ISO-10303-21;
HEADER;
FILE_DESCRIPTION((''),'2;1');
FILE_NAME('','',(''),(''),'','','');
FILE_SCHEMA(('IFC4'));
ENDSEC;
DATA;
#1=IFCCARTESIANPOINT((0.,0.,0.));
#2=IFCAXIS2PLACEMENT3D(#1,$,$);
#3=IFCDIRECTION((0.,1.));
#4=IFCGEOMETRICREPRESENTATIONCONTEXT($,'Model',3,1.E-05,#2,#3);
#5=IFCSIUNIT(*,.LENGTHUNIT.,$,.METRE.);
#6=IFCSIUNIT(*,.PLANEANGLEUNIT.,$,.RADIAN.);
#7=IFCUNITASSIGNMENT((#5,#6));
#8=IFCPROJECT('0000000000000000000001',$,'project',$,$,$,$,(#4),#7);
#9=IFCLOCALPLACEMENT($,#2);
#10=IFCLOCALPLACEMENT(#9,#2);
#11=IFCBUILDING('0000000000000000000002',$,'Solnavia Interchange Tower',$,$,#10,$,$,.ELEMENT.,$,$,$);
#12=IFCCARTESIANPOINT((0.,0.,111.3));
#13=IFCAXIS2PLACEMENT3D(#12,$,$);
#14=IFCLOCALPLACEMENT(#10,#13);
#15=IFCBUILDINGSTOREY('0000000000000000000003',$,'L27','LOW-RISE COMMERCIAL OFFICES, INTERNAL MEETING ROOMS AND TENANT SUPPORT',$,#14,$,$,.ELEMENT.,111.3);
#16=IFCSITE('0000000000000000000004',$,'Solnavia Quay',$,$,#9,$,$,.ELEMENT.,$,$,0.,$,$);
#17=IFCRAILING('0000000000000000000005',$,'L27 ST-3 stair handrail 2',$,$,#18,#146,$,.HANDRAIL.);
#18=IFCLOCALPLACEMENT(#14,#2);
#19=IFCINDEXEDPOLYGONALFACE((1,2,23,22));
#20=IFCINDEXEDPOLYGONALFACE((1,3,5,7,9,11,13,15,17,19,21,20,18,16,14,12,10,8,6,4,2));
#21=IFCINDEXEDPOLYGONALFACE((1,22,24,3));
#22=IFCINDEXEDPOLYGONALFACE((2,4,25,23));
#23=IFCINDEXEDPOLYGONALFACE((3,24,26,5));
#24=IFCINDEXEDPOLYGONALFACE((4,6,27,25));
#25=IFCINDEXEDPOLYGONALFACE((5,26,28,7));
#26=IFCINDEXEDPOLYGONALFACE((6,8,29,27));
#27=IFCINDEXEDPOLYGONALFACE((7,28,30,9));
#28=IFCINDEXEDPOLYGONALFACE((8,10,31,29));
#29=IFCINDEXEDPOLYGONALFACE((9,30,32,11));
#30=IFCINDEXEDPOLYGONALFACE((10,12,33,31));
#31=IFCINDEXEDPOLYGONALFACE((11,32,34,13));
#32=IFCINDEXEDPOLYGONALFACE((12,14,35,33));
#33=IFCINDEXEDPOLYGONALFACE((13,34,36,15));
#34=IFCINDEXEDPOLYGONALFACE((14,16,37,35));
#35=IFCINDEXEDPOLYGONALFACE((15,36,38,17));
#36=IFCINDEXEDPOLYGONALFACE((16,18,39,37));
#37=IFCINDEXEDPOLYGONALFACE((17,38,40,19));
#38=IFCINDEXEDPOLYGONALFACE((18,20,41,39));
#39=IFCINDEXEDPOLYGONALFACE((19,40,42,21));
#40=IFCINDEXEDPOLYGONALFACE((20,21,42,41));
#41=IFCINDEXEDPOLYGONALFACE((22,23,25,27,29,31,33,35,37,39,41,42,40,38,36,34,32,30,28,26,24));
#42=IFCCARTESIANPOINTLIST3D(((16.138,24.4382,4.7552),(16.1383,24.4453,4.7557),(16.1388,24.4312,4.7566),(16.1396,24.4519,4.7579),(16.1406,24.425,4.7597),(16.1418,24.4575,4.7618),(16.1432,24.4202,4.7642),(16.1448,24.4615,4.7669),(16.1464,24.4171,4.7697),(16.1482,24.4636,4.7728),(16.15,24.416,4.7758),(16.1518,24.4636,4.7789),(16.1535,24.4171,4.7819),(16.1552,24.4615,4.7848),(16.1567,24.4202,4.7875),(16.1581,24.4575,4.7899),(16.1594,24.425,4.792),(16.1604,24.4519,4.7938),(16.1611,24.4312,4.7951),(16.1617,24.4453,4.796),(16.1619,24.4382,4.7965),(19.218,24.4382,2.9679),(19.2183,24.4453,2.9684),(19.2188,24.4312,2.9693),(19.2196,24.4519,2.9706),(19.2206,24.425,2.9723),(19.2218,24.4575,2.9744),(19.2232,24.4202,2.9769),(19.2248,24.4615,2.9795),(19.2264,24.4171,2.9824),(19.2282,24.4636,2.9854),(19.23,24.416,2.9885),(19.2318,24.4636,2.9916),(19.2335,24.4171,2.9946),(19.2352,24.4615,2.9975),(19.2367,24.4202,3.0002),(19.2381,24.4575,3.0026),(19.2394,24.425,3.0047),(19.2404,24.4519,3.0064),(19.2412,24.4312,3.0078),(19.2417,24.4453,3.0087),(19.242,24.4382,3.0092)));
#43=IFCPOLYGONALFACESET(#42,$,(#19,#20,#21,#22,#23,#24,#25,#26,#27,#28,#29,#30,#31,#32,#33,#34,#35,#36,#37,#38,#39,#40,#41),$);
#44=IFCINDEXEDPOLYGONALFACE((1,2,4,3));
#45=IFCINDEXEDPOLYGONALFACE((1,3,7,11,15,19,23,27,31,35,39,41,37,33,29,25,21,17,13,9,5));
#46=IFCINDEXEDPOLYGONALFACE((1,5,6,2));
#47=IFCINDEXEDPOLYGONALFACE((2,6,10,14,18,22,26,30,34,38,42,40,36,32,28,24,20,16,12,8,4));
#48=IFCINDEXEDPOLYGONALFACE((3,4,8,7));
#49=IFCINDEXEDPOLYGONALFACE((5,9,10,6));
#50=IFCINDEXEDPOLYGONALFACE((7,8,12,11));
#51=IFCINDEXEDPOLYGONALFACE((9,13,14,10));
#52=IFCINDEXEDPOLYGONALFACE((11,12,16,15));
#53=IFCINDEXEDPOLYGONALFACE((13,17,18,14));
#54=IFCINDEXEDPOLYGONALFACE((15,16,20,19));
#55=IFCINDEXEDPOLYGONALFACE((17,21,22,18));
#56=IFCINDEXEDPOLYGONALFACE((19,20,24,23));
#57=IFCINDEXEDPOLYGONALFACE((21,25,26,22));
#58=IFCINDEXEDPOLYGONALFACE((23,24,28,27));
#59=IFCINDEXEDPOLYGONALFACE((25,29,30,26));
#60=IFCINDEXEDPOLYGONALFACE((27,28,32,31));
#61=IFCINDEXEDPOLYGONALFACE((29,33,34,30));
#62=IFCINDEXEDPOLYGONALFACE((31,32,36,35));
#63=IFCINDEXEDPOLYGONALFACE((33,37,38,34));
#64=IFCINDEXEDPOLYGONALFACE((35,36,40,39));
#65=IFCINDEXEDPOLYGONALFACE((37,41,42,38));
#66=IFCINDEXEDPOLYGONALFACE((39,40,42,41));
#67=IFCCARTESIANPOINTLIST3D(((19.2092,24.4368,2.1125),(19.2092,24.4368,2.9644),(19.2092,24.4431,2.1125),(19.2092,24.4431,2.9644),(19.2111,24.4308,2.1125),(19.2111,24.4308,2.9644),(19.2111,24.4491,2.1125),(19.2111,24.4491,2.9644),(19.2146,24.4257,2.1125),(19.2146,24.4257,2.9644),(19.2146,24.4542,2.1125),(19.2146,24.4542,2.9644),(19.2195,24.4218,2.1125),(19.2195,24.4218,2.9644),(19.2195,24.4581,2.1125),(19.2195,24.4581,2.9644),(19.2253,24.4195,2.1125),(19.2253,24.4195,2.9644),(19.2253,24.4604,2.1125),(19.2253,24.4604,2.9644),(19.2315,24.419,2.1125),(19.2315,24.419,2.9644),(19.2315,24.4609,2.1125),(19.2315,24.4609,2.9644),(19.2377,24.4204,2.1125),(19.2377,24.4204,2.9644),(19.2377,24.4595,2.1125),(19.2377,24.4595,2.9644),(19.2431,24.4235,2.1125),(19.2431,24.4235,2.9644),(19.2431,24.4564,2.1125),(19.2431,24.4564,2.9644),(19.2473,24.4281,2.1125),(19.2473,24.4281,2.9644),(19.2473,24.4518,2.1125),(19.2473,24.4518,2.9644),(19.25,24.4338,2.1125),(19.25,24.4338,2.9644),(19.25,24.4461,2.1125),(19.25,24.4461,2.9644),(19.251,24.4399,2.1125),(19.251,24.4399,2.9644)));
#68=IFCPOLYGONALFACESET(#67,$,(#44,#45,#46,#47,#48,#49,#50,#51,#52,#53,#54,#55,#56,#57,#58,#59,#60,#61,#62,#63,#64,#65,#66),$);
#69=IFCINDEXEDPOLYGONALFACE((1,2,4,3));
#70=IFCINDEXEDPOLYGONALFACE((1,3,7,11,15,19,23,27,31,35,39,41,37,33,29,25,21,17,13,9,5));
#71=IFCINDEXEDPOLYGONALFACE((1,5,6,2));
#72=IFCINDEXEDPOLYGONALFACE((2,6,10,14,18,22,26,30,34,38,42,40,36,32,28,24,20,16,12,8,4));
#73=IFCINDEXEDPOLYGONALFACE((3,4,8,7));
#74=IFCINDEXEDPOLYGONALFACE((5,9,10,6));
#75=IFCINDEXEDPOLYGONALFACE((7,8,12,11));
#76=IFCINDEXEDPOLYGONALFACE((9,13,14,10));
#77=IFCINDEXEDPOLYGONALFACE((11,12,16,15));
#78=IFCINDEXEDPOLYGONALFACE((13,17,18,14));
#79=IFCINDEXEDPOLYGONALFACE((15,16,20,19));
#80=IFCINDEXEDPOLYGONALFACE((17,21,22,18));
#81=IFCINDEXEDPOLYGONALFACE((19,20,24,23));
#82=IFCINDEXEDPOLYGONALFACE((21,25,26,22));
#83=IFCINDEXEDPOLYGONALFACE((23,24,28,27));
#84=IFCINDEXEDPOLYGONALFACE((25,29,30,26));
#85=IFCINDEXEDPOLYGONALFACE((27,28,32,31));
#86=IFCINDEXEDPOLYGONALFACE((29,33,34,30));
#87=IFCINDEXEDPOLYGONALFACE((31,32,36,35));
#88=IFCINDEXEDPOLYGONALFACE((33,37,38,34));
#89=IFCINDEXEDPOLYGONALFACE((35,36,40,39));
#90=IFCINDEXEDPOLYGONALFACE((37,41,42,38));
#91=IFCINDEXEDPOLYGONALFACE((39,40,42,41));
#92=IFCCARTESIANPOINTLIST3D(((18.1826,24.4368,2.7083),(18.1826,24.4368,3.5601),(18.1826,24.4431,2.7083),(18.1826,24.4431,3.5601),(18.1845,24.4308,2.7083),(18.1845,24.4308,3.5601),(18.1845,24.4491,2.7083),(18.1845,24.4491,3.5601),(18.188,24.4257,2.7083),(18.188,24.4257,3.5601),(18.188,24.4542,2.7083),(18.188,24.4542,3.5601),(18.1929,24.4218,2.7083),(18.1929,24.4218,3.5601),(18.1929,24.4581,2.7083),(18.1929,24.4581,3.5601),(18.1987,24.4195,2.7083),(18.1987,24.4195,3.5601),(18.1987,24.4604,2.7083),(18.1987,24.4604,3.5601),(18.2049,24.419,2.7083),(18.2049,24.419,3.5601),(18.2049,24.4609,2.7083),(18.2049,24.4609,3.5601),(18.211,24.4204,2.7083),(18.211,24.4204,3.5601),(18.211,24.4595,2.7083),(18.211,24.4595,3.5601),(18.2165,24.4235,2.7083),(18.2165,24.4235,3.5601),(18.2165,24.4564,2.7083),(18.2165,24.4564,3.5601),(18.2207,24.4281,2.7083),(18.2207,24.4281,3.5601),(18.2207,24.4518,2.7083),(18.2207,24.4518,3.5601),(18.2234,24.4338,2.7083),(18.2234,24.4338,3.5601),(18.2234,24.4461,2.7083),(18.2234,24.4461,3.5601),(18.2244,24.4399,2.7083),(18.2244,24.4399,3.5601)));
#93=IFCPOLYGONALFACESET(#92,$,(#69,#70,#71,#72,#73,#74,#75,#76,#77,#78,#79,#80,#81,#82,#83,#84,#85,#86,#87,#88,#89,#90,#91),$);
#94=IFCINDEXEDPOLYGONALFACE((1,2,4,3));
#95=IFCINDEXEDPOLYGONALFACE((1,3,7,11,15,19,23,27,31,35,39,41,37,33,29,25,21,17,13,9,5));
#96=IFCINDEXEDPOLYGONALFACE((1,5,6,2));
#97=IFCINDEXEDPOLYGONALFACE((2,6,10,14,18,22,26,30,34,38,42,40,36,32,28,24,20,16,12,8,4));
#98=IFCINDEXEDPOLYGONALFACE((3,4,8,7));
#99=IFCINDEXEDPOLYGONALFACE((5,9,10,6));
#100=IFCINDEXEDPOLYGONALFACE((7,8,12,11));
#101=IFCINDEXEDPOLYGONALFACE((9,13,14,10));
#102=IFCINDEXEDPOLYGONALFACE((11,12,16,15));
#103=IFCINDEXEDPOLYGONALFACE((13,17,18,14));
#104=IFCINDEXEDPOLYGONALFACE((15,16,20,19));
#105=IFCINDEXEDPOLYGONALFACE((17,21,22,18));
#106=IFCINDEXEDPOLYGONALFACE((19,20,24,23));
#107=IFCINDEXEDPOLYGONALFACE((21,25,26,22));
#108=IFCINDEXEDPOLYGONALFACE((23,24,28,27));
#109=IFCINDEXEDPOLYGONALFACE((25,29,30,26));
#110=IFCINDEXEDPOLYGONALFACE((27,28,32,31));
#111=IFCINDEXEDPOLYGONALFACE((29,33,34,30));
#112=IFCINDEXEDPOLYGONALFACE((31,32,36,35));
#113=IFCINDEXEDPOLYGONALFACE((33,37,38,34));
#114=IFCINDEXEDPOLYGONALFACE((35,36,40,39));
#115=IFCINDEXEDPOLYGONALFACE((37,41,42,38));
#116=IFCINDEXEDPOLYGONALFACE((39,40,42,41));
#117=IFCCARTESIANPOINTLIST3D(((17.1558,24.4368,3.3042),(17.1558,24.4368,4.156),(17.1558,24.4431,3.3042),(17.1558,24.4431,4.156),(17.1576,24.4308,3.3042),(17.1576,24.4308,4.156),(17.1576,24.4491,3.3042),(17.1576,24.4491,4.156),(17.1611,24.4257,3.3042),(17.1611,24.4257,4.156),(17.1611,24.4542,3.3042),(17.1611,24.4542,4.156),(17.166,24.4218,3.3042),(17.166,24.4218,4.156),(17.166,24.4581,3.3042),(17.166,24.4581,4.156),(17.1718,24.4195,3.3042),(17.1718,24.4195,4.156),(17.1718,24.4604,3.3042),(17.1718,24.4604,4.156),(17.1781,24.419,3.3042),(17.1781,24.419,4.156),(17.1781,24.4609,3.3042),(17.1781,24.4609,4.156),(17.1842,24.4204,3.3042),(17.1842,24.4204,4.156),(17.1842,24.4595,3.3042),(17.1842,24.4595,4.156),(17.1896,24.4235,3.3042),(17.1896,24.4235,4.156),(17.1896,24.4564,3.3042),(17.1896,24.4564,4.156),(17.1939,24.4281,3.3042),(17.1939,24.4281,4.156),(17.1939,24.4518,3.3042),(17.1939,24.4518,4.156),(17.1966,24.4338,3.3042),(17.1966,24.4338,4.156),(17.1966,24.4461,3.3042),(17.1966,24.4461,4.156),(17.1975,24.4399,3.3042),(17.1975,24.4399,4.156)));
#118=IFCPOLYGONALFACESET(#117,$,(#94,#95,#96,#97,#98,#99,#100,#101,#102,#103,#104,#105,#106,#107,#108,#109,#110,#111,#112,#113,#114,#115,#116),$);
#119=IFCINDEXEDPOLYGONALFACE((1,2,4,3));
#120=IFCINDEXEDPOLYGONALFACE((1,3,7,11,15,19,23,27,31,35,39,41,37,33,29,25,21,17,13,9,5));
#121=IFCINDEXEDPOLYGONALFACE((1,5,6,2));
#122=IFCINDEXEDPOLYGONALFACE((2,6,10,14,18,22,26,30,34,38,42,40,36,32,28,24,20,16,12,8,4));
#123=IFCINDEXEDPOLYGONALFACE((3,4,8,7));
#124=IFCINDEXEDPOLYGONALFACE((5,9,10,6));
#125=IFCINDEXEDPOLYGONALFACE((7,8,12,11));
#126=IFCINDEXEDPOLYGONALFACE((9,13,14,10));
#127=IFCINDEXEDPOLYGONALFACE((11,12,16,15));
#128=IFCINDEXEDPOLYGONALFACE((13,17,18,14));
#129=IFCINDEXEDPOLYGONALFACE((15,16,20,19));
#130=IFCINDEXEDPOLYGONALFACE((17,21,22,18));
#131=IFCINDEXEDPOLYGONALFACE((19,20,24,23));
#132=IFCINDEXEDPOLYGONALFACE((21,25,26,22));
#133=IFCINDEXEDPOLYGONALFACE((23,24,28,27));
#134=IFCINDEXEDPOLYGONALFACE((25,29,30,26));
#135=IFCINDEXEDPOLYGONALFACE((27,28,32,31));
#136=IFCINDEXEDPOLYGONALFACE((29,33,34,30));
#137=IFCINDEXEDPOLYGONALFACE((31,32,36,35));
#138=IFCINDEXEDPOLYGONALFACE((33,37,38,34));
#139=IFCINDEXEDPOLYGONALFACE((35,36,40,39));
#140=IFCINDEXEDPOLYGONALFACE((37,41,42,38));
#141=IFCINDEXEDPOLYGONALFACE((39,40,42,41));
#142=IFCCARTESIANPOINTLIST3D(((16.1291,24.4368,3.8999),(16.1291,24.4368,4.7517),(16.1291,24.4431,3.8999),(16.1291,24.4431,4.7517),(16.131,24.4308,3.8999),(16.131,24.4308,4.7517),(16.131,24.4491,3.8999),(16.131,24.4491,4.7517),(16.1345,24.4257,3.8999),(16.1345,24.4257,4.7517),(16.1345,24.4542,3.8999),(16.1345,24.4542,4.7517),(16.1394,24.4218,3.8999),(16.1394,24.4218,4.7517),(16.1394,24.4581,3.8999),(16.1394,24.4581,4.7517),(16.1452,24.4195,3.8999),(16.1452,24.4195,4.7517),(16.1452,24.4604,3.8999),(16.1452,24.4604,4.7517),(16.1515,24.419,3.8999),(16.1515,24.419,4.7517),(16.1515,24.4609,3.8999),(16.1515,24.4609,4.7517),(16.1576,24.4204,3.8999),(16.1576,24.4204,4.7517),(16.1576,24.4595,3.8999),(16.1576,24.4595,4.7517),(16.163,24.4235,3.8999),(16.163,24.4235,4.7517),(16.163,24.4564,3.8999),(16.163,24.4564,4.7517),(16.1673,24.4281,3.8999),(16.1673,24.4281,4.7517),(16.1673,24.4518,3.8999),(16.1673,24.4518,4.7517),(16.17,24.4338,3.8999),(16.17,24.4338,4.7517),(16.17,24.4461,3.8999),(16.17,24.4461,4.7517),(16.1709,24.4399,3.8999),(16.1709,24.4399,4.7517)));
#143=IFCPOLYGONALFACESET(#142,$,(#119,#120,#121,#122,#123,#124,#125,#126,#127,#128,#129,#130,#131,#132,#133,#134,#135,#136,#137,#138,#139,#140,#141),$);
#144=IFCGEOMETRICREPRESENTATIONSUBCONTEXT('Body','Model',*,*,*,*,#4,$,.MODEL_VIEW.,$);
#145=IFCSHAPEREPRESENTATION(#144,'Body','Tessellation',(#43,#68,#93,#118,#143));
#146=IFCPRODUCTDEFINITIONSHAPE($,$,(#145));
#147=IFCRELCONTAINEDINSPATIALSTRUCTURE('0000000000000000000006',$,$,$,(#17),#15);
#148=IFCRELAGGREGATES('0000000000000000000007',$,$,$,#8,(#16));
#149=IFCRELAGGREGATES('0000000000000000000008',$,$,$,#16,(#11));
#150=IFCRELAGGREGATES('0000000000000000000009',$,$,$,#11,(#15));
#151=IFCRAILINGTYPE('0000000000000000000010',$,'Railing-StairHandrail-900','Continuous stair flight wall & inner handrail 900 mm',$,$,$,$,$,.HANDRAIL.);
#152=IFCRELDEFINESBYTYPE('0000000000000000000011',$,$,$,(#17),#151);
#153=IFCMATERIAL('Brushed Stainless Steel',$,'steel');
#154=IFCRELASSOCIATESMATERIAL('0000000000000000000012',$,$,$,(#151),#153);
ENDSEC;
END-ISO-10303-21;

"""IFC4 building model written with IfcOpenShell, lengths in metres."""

from ifc_helpers import new_model, si_unit, direction, frame, origin, origin_2d, place, context, subcontext, project, spatial, circle, extrude, material, type_object, element, save


model = new_model("IFC4")

# Units and contexts
model_context = context("Model", 3, precision=1e-05, world=origin(), true_north=direction((0.0, 1.0)))
body_context = subcontext(model_context, "Body", "Model", "MODEL_VIEW")
ifc_project = project(units=[si_unit("LENGTHUNIT", "METRE"), si_unit("PLANEANGLEUNIT", "RADIAN")], contexts=[model_context])

# Site, building, storey
site_placement = place(None, origin())
site = spatial("IfcSite", under=ifc_project, at=site_placement, Name="Solnavia Quay", CompositionType="ELEMENT", RefElevation=0.0)
building_placement = place(site_placement, origin())
building = spatial("IfcBuilding", under=site, at=building_placement, Name="Solnavia Interchange Tower", CompositionType="ELEMENT")
storey_placement = place(building_placement, frame((0.0, 0.0, 111.3)))
storey = spatial("IfcBuildingStorey", under=building, at=storey_placement, Name="L27", Description="LOW-RISE COMMERCIAL OFFICES, INTERNAL MEETING ROOMS AND TENANT SUPPORT", CompositionType="ELEMENT", Elevation=111.3)

# Railing
ifc_material_1 = material(Name="Brushed Stainless Steel", Category="steel")
railing_type_1 = type_object("IfcRailingType", Name="Railing-StairHandrail-900", Description="Continuous stair flight wall & inner handrail 900 mm", PredefinedType="HANDRAIL", material=ifc_material_1)
railing_1_placement = place(storey_placement, frame((19.23, 24.4399, 2.1125)))
element("IfcRailing", 1, at=railing_1_placement, inside=storey, type_object=railing_type_1, Name="L27 ST-3 stair handrail 2", PredefinedType="HANDRAIL", context=body_context, shape_type="SweptSolid", body=[
    extrude(circle(Radius=0.0239, at=origin_2d()), frame((0.0, 0.0, 0.876), z_axis=(-0.86492, 0.0, 0.501909), x_axis=(0.0, -1.0, 0.0)), (0.0, 0.0, 1.0), 3.561),
    extrude(circle(Radius=0.021, at=origin_2d()), origin(), (0.0, 0.0, 1.0), 0.8518),
    extrude(circle(Radius=0.021, at=origin_2d()), frame((-1.0266, 0.0, 0.5957)), (0.0, 0.0, 1.0), 0.8518),
    extrude(circle(Radius=0.021, at=origin_2d()), frame((-2.0535, 0.0, 1.1917)), (0.0, 0.0, 1.0), 0.8518),
    extrude(circle(Radius=0.021, at=origin_2d()), frame((-3.0801, 0.0, 1.7874)), (0.0, 0.0, 1.0), 0.8518),
])

save(model, "model.ifc")
